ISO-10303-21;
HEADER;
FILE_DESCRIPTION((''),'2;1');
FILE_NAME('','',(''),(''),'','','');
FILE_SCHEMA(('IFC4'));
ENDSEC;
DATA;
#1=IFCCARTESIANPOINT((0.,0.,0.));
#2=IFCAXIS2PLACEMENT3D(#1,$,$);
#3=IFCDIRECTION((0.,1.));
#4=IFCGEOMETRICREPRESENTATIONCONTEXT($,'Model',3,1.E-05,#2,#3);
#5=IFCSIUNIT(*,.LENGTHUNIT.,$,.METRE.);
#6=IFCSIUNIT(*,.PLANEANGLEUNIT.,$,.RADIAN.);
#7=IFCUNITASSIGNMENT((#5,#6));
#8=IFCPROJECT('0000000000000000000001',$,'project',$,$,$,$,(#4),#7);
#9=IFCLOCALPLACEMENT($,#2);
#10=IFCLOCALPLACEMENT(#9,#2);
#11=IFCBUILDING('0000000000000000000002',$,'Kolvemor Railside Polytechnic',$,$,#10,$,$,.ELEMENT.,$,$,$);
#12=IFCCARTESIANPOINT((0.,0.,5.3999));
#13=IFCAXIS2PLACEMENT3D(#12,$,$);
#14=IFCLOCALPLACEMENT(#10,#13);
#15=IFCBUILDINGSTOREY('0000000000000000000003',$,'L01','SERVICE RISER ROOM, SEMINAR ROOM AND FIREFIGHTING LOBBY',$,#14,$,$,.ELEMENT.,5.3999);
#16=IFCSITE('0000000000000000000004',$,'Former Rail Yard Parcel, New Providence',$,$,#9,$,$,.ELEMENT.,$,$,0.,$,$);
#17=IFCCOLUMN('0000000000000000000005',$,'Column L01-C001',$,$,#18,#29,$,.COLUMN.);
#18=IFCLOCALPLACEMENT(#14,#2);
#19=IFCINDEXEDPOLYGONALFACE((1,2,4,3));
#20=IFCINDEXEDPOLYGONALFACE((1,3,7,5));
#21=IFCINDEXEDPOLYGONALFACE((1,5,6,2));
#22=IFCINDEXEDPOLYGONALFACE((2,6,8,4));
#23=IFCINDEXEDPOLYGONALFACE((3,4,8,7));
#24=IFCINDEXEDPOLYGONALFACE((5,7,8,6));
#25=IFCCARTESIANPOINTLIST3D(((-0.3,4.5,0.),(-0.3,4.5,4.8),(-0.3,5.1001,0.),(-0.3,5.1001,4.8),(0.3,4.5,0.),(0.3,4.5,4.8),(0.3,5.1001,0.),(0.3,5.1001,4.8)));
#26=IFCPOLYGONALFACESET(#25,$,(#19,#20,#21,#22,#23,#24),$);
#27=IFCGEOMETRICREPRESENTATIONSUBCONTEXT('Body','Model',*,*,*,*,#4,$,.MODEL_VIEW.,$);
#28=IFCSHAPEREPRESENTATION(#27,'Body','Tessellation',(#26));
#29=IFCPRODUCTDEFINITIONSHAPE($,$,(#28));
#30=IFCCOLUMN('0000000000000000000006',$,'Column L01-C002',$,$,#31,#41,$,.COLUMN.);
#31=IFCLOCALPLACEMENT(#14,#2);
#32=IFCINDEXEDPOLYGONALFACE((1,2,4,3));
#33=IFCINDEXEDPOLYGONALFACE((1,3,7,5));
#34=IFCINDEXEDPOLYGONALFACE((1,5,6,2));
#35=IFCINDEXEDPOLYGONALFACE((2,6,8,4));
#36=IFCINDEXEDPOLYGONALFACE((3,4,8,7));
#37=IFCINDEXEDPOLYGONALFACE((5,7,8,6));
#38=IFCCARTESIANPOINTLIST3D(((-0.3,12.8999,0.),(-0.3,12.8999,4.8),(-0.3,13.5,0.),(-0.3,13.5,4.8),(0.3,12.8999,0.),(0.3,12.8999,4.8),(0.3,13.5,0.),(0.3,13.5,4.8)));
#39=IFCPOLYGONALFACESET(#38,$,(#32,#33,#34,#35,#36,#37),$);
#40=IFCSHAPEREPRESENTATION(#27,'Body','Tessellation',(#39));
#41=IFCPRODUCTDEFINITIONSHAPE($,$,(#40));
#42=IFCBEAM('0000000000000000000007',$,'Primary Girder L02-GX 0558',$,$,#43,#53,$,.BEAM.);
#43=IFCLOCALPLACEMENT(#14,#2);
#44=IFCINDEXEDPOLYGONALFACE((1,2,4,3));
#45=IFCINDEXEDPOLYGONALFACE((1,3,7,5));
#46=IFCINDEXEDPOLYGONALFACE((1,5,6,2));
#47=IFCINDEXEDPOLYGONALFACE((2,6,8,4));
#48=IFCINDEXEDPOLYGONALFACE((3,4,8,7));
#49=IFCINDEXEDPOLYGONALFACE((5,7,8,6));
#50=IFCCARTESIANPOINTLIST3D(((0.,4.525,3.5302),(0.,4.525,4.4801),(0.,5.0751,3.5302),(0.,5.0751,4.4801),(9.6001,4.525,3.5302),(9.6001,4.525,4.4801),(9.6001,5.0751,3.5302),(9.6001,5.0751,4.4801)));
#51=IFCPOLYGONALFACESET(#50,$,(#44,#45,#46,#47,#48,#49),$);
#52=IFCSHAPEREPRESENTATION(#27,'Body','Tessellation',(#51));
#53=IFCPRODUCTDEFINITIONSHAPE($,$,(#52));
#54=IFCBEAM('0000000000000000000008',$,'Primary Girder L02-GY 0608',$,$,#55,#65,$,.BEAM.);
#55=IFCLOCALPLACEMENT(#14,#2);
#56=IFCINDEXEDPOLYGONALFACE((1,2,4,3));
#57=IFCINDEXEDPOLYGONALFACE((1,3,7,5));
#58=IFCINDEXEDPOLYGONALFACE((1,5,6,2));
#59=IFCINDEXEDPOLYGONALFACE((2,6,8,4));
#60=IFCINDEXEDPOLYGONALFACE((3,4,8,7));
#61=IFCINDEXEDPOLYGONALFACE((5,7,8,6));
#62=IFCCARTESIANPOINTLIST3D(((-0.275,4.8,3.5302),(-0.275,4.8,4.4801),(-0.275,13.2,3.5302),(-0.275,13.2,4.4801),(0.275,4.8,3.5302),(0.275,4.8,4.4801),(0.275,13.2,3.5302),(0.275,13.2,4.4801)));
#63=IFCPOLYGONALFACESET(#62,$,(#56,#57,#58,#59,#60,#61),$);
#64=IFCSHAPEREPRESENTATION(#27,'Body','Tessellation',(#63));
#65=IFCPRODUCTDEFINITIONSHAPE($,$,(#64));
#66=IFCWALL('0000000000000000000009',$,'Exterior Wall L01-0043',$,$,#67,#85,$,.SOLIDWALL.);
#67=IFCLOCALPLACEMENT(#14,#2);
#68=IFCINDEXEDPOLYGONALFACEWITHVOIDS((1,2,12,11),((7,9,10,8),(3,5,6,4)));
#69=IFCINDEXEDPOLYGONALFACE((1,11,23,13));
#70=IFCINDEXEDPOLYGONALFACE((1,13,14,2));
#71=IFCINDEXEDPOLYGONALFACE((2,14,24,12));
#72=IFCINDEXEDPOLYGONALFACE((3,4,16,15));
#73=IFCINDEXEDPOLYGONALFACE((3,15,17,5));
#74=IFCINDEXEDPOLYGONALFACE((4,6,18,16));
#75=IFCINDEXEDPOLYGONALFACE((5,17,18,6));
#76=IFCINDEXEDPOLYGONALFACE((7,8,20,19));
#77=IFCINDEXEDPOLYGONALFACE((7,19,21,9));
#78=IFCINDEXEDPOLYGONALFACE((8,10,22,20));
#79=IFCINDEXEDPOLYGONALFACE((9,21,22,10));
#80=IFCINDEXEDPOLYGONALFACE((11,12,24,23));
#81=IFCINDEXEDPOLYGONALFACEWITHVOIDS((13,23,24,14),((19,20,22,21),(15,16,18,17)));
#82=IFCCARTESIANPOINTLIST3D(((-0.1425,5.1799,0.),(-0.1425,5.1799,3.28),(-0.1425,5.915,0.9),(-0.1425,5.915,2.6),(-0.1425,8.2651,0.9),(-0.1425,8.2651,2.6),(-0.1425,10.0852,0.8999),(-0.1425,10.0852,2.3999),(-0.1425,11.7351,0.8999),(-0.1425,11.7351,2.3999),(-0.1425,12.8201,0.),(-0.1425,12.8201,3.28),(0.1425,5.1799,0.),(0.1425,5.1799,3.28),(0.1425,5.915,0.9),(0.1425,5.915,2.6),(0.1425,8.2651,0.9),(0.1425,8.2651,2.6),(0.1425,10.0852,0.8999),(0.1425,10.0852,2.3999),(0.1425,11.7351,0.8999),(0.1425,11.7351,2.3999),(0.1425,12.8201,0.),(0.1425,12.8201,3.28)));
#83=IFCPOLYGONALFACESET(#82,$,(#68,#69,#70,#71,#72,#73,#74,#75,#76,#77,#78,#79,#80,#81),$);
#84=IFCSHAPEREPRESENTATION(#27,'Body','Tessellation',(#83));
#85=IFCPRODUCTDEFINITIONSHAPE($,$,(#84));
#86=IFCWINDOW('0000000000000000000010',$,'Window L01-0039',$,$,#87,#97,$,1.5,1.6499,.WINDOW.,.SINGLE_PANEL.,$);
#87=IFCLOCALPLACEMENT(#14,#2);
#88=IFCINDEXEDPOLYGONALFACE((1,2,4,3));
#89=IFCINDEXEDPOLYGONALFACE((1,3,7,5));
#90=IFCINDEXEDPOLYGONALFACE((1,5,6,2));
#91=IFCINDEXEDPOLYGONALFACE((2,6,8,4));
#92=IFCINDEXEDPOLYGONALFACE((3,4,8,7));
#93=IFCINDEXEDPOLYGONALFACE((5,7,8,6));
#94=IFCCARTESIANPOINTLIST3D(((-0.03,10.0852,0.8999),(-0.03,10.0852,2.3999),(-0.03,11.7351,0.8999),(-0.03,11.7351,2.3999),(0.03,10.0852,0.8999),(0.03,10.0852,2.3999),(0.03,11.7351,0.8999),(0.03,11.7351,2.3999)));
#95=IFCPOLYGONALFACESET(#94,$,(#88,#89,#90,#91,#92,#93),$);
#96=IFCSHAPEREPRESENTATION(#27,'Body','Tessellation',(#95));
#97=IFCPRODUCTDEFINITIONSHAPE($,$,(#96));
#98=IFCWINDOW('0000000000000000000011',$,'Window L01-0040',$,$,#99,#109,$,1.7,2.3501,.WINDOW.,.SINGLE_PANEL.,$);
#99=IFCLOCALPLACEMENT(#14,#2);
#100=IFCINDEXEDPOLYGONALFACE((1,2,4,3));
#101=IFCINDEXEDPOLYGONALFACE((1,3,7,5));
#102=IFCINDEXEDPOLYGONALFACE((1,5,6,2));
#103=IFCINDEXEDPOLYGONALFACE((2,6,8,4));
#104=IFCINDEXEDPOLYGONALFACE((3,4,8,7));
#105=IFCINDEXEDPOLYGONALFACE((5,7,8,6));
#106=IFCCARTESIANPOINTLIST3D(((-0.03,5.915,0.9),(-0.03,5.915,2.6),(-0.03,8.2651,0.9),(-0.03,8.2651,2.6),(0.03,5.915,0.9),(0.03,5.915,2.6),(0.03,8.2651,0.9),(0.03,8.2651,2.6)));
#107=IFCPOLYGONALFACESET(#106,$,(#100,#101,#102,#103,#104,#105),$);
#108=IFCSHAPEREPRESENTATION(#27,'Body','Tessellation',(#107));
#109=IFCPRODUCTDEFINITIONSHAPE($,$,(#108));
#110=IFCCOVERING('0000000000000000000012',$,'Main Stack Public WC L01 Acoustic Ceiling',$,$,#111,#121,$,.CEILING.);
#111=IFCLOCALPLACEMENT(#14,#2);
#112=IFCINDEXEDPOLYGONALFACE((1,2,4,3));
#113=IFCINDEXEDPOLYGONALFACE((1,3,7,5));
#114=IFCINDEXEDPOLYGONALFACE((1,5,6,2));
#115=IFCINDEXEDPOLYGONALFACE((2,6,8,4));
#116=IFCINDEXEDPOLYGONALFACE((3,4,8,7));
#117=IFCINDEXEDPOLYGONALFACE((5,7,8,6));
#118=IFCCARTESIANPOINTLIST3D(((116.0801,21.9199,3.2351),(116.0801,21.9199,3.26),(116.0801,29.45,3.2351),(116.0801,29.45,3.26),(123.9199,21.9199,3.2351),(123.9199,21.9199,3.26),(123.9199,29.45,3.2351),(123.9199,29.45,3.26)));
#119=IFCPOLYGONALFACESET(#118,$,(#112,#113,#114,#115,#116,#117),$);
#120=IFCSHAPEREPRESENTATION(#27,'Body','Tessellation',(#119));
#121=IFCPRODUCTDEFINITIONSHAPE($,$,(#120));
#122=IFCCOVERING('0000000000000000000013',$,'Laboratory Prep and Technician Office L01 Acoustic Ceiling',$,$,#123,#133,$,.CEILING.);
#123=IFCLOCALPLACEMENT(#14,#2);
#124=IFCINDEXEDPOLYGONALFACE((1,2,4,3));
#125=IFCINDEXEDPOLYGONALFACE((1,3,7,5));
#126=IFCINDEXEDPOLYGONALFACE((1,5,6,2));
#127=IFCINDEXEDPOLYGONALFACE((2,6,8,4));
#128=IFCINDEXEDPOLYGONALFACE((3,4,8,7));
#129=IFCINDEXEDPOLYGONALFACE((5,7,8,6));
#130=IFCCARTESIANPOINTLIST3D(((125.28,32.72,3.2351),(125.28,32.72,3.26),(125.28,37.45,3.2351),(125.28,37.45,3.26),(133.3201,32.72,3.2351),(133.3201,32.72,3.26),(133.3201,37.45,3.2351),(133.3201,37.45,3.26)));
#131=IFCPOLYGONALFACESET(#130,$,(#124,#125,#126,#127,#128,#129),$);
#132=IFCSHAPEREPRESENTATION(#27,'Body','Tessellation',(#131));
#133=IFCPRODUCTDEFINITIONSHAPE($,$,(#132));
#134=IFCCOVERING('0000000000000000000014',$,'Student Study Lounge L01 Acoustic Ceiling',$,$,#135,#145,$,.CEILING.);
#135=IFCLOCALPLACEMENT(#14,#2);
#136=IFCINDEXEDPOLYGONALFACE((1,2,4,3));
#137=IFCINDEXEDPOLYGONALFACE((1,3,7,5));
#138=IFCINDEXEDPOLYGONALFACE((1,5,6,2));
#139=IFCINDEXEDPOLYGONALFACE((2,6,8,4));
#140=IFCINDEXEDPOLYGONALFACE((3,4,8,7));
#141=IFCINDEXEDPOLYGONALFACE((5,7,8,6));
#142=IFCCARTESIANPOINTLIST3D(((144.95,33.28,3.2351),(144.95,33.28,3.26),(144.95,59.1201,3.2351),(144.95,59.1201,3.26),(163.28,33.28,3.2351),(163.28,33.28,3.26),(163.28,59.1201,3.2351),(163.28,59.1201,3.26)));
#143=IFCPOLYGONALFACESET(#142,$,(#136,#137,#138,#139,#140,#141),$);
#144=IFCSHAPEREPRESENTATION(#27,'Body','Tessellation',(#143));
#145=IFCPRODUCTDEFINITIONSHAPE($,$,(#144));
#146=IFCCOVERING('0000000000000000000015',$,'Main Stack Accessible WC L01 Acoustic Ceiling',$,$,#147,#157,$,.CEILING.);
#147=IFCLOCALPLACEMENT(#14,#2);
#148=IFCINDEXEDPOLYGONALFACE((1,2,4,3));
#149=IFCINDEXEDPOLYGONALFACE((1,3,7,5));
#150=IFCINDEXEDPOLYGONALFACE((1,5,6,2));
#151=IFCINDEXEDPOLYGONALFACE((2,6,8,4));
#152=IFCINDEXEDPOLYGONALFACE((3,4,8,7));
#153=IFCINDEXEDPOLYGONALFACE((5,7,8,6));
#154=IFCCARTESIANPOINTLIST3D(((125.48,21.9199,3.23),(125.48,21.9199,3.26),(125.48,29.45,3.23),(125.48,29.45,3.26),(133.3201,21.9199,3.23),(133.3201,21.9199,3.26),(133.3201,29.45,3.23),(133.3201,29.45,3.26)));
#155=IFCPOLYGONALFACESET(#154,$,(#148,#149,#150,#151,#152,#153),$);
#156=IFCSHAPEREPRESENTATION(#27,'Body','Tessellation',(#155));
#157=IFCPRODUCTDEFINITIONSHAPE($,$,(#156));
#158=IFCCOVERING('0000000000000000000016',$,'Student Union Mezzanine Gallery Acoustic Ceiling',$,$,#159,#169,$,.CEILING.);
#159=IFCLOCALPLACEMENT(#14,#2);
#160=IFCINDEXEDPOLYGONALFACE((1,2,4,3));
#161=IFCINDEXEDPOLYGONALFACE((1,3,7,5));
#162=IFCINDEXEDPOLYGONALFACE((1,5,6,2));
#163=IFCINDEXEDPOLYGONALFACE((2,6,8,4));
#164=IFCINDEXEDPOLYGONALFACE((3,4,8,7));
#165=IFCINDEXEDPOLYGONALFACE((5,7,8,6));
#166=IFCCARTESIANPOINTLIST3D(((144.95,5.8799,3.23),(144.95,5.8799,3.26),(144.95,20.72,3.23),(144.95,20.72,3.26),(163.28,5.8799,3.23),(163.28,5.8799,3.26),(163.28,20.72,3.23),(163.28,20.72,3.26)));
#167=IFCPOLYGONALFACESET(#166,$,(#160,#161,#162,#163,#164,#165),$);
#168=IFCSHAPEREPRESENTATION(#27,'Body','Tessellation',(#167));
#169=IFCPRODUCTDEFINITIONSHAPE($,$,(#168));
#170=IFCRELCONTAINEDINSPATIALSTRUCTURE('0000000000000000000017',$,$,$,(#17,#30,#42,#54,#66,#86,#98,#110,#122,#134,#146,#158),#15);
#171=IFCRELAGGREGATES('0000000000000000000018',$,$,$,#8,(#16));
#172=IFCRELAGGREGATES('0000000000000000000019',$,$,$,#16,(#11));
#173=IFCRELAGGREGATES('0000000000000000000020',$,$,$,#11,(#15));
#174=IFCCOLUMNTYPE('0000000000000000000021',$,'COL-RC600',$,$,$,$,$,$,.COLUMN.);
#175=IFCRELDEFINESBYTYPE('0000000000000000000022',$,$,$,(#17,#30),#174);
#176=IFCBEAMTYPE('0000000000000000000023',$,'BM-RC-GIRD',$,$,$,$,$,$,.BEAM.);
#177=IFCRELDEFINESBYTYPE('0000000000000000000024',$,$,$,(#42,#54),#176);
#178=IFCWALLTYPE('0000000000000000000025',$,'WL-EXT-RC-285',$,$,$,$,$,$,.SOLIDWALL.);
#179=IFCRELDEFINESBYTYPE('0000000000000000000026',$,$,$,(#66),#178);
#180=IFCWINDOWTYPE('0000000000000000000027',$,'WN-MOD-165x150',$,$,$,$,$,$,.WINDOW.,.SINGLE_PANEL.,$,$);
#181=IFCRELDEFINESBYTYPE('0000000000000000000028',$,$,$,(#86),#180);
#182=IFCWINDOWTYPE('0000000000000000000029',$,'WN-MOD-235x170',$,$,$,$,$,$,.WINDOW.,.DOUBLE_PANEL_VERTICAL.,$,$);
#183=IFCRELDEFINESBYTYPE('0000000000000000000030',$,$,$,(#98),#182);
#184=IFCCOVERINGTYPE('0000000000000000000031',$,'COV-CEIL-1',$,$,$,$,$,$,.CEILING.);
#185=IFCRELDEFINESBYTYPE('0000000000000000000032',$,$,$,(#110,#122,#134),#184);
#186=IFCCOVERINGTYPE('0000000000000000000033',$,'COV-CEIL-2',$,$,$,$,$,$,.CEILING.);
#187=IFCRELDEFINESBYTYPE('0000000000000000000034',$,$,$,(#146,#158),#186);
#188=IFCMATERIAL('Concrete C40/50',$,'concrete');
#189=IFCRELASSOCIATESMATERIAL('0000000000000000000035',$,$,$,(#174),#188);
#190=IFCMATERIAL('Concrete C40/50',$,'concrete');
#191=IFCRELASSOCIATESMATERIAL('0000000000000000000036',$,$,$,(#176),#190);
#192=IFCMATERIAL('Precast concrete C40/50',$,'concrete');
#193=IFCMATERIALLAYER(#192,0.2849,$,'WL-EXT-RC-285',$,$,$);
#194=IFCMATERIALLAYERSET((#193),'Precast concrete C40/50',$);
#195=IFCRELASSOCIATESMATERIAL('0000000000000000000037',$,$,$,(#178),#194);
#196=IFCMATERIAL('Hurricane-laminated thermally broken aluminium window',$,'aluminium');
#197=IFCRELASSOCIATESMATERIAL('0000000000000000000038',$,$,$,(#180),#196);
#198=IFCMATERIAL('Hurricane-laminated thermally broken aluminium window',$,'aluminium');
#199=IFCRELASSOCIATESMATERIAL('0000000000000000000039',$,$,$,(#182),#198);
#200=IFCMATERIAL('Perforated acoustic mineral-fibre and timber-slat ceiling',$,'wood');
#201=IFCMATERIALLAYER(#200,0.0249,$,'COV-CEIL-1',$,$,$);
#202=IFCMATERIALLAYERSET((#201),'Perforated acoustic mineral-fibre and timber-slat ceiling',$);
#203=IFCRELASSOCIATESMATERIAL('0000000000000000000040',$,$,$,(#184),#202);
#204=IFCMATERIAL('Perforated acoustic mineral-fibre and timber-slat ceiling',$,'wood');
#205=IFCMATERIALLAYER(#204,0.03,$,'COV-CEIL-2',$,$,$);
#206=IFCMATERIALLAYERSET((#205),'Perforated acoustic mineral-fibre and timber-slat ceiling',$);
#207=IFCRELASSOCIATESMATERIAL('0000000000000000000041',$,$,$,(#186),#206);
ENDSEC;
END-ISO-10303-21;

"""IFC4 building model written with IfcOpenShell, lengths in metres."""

from ifc_helpers import new_model, si_unit, direction, frame, frame_2d, origin, origin_2d, place, context, subcontext, project, spatial, polyline, rectangle, outline, extrude, material, layer, layer_set, material_profile, profile_set, type_object, element, fill, save


model = new_model("IFC4")

# Units and contexts
model_context = context("Model", 3, precision=1e-05, world=origin(), true_north=direction((0.0, 1.0)))
body_context = subcontext(model_context, "Body", "Model", "MODEL_VIEW")
ifc_project = project(units=[si_unit("LENGTHUNIT", "METRE"), si_unit("PLANEANGLEUNIT", "RADIAN")], contexts=[model_context])

# Site, building, storey
site_placement = place(None, origin())
site = spatial("IfcSite", under=ifc_project, at=site_placement, Name="Former Rail Yard Parcel, New Providence", CompositionType="ELEMENT", RefElevation=0.0)
building_placement = place(site_placement, origin())
building = spatial("IfcBuilding", under=site, at=building_placement, Name="Kolvemor Railside Polytechnic", CompositionType="ELEMENT")
storey_placement = place(building_placement, frame((0.0, 0.0, 5.3999)))
storey = spatial("IfcBuildingStorey", under=building, at=storey_placement, Name="L01", Description="SERVICE RISER ROOM, SEMINAR ROOM AND FIREFIGHTING LOBBY", CompositionType="ELEMENT", Elevation=5.3999)

# Columns
ifc_material_1 = material(Name="Concrete C40/50", Category="concrete")
ifc_material_profile_1 = material_profile(ifc_material_1, rectangle(XDim=0.6001, YDim=0.6001, at=origin_2d()), Name="RC600x600")
ifc_profile_set_1 = profile_set([ifc_material_profile_1], Name="Concrete C40/50")
column_type = type_object("IfcColumnType", Name="COL-RC600", PredefinedType="COLUMN", material=ifc_profile_set_1)
for number, where, z_axis, x_axis, name in (
    (1, (0.0, 4.8, 0.0), (0.0, 0.0, 1.0), (1.0, 0.0, 0.0), "Column L01-C001"),
    (2, (0.0, 13.2, 0.0), (0.0, 0.0, 1.0), (1.0, 0.0, 0.0), "Column L01-C002"),
):
    element("IfcColumn", number, at=place(storey_placement, frame(where, z_axis=z_axis, x_axis=x_axis)), inside=storey, type_object=column_type, Name=name, PredefinedType="COLUMN", context=body_context, shape_type="SweptSolid", body=[
        extrude(rectangle(XDim=0.6001, YDim=0.6001, at=origin_2d()), origin(), (0.0, 0.0, 1.0), 4.8),
    ])

# Beams
ifc_material_2 = material(Name="Concrete C40/50", Category="concrete")
ifc_material_profile_2 = material_profile(ifc_material_2, rectangle(XDim=0.55, YDim=0.95, at=origin_2d()), Name="RC550x950")
ifc_profile_set_2 = profile_set([ifc_material_profile_2], Name="Concrete C40/50")
beam_type = type_object("IfcBeamType", Name="BM-RC-GIRD", PredefinedType="BEAM", material=ifc_profile_set_2)
beam_1_placement = place(storey_placement, frame((0.0, 4.8, 4.0051), z_axis=(1.0, 0.0, 0.0), x_axis=(0.0, 1.0, 0.0)))
element("IfcBeam", 3, at=beam_1_placement, inside=storey, type_object=beam_type, Name="Primary Girder L02-GX 0558", PredefinedType="BEAM", context=body_context, shape_type="SweptSolid", body=[
    extrude(rectangle(XDim=0.55, YDim=0.95, at=origin_2d()), origin(), (0.0, 0.0, 1.0), 9.6001),
])
beam_2_placement = place(storey_placement, frame((0.0, 4.8, 4.0051), z_axis=(0.0, 1.0, 0.0), x_axis=(-1.0, 0.0, 0.0)))
element("IfcBeam", 4, at=beam_2_placement, inside=storey, type_object=beam_type, Name="Primary Girder L02-GY 0608", PredefinedType="BEAM", context=body_context, shape_type="SweptSolid", body=[
    extrude(rectangle(XDim=0.55, YDim=0.95, at=origin_2d()), origin(), (0.0, 0.0, 1.0), 8.3999),
])

# Wall, openings, windows
ifc_material_3 = material(Name="Precast concrete C40/50", Category="concrete")
ifc_layer_1 = layer(ifc_material_3, 0.2849, Name="WL-EXT-RC-285")
ifc_layer_set_1 = layer_set([ifc_layer_1], Name="Precast concrete C40/50")
wall_type = type_object("IfcWallType", Name="WL-EXT-RC-285", PredefinedType="SOLIDWALL", material=ifc_layer_set_1)
wall_placement = place(storey_placement, frame((0.0, 12.8201, 0.0), z_axis=(0.0, 0.0, 1.0), x_axis=(0.0, -1.0, 0.0)))
wall = element("IfcWall", 5, at=wall_placement, inside=storey, type_object=wall_type, Name="Exterior Wall L01-0043", PredefinedType="SOLIDWALL", context=body_context, shape_type="SweptSolid", body=[
    extrude(rectangle(XDim=7.6401, YDim=0.2849, at=frame_2d((3.8201, 0.0))), origin(), (0.0, 0.0, 1.0), 3.28),
])
opening_1_placement = place(wall_placement, frame((1.085, 0.0, 0.8999)))
opening_1 = element("IfcOpeningElement", 6, at=opening_1_placement, cuts=wall, PredefinedType="OPENING", context=body_context, shape_type="SweptSolid", body=[
    extrude(rectangle(XDim=1.6499, YDim=1.5, at=frame_2d((0.825, 0.75))), frame((0.0, 0.1523, 0.0), z_axis=(0.0, -1.0, 0.0), x_axis=(1.0, 0.0, 0.0)), (0.0, 0.0, 1.0), 0.3049),
])
opening_2_placement = place(wall_placement, frame((4.5549, 0.0, 0.8999)))
opening_2 = element("IfcOpeningElement", 7, at=opening_2_placement, cuts=wall, PredefinedType="OPENING", context=body_context, shape_type="SweptSolid", body=[
    extrude(rectangle(XDim=2.3501, YDim=1.7, at=frame_2d((1.175, 0.8501))), frame((0.0, 0.1523, 0.0), z_axis=(0.0, -1.0, 0.0), x_axis=(1.0, 0.0, 0.0)), (0.0, 0.0, 1.0), 0.3049),
])
ifc_material_4 = material(Name="Hurricane-laminated thermally broken aluminium window", Category="aluminium")
window_type_1 = type_object("IfcWindowType", Name="WN-MOD-165x150", PartitioningType="SINGLE_PANEL", PredefinedType="WINDOW", material=ifc_material_4)
window_1_placement = place(opening_1_placement, origin())
window_1 = element("IfcWindow", 8, at=window_1_placement, inside=storey, type_object=window_type_1, Name="Window L01-0039", OverallHeight=1.5, OverallWidth=1.6499, PartitioningType="SINGLE_PANEL", PredefinedType="WINDOW", context=body_context, shape_type="SweptSolid", body=[
    extrude(rectangle(XDim=1.6499, YDim=1.5, at=frame_2d((0.825, 0.75))), frame((0.0, 0.03, 0.0), z_axis=(0.0, -1.0, 0.0), x_axis=(1.0, 0.0, 0.0)), (0.0, 0.0, 1.0), 0.0601),
])
fill(opening_1, window_1)
ifc_material_5 = material(Name="Hurricane-laminated thermally broken aluminium window", Category="aluminium")
window_type_2 = type_object("IfcWindowType", Name="WN-MOD-235x170", PartitioningType="DOUBLE_PANEL_VERTICAL", PredefinedType="WINDOW", material=ifc_material_5)
window_2_placement = place(opening_2_placement, origin())
window_2 = element("IfcWindow", 9, at=window_2_placement, inside=storey, type_object=window_type_2, Name="Window L01-0040", OverallHeight=1.7, OverallWidth=2.3501, PartitioningType="SINGLE_PANEL", PredefinedType="WINDOW", context=body_context, shape_type="SweptSolid", body=[
    extrude(rectangle(XDim=2.3501, YDim=1.7, at=frame_2d((1.175, 0.8501))), frame((0.0, 0.03, 0.0), z_axis=(0.0, -1.0, 0.0), x_axis=(1.0, 0.0, 0.0)), (0.0, 0.0, 1.0), 0.0601),
])
fill(opening_2, window_2)

# Coverings
ifc_material_6 = material(Name="Perforated acoustic mineral-fibre and timber-slat ceiling", Category="wood")
ifc_layer_2 = layer(ifc_material_6, 0.0249, Name="COV-CEIL-1")
ifc_layer_set_2 = layer_set([ifc_layer_2], Name="Perforated acoustic mineral-fibre and timber-slat ceiling")
covering_type_1 = type_object("IfcCoveringType", Name="COV-CEIL-1", PredefinedType="CEILING", material=ifc_layer_set_2)
covering_1_placement = place(storey_placement, frame((0.0, 0.0, 3.2351)))
element("IfcCovering", 10, at=covering_1_placement, inside=storey, type_object=covering_type_1, Name="Main Stack Public WC L01 Acoustic Ceiling", PredefinedType="CEILING", context=body_context, shape_type="SweptSolid", body=[
    extrude(outline(polyline([(116.0801, 21.9199), (123.9199, 21.9199), (123.9199, 29.45), (116.0801, 29.45), (116.0801, 21.9199)])), origin(), (0.0, 0.0, 1.0), 0.0249),
])
covering_2_placement = place(storey_placement, frame((0.0, 0.0, 3.2351)))
element("IfcCovering", 11, at=covering_2_placement, inside=storey, type_object=covering_type_1, Name="Laboratory Prep and Technician Office L01 Acoustic Ceiling", PredefinedType="CEILING", context=body_context, shape_type="SweptSolid", body=[
    extrude(outline(polyline([(125.28, 32.72), (133.3201, 32.72), (133.3201, 37.45), (125.28, 37.45), (125.28, 32.72)])), origin(), (0.0, 0.0, 1.0), 0.0249),
])
covering_3_placement = place(storey_placement, frame((0.0, 0.0, 3.2351)))
element("IfcCovering", 12, at=covering_3_placement, inside=storey, type_object=covering_type_1, Name="Student Study Lounge L01 Acoustic Ceiling", PredefinedType="CEILING", context=body_context, shape_type="SweptSolid", body=[
    extrude(outline(polyline([(144.95, 33.28), (163.28, 33.28), (163.28, 59.1201), (144.95, 59.1201), (144.95, 33.28)])), origin(), (0.0, 0.0, 1.0), 0.0249),
])
ifc_material_7 = material(Name="Perforated acoustic mineral-fibre and timber-slat ceiling", Category="wood")
ifc_layer_3 = layer(ifc_material_7, 0.03, Name="COV-CEIL-2")
ifc_layer_set_3 = layer_set([ifc_layer_3], Name="Perforated acoustic mineral-fibre and timber-slat ceiling")
covering_type_2 = type_object("IfcCoveringType", Name="COV-CEIL-2", PredefinedType="CEILING", material=ifc_layer_set_3)
covering_4_placement = place(storey_placement, frame((0.0, 0.0, 3.23)))
element("IfcCovering", 13, at=covering_4_placement, inside=storey, type_object=covering_type_2, Name="Main Stack Accessible WC L01 Acoustic Ceiling", PredefinedType="CEILING", context=body_context, shape_type="SweptSolid", body=[
    extrude(outline(polyline([(125.48, 21.9199), (133.3201, 21.9199), (133.3201, 29.45), (125.48, 29.45), (125.48, 21.9199)])), origin(), (0.0, 0.0, 1.0), 0.03),
])
covering_5_placement = place(storey_placement, frame((0.0, 0.0, 3.23)))
element("IfcCovering", 14, at=covering_5_placement, inside=storey, type_object=covering_type_2, Name="Student Union Mezzanine Gallery Acoustic Ceiling", PredefinedType="CEILING", context=body_context, shape_type="SweptSolid", body=[
    extrude(outline(polyline([(144.95, 5.8799), (163.28, 5.8799), (163.28, 20.72), (144.95, 20.72), (144.95, 5.8799)])), origin(), (0.0, 0.0, 1.0), 0.03),
])

save(model, "model.ifc")
